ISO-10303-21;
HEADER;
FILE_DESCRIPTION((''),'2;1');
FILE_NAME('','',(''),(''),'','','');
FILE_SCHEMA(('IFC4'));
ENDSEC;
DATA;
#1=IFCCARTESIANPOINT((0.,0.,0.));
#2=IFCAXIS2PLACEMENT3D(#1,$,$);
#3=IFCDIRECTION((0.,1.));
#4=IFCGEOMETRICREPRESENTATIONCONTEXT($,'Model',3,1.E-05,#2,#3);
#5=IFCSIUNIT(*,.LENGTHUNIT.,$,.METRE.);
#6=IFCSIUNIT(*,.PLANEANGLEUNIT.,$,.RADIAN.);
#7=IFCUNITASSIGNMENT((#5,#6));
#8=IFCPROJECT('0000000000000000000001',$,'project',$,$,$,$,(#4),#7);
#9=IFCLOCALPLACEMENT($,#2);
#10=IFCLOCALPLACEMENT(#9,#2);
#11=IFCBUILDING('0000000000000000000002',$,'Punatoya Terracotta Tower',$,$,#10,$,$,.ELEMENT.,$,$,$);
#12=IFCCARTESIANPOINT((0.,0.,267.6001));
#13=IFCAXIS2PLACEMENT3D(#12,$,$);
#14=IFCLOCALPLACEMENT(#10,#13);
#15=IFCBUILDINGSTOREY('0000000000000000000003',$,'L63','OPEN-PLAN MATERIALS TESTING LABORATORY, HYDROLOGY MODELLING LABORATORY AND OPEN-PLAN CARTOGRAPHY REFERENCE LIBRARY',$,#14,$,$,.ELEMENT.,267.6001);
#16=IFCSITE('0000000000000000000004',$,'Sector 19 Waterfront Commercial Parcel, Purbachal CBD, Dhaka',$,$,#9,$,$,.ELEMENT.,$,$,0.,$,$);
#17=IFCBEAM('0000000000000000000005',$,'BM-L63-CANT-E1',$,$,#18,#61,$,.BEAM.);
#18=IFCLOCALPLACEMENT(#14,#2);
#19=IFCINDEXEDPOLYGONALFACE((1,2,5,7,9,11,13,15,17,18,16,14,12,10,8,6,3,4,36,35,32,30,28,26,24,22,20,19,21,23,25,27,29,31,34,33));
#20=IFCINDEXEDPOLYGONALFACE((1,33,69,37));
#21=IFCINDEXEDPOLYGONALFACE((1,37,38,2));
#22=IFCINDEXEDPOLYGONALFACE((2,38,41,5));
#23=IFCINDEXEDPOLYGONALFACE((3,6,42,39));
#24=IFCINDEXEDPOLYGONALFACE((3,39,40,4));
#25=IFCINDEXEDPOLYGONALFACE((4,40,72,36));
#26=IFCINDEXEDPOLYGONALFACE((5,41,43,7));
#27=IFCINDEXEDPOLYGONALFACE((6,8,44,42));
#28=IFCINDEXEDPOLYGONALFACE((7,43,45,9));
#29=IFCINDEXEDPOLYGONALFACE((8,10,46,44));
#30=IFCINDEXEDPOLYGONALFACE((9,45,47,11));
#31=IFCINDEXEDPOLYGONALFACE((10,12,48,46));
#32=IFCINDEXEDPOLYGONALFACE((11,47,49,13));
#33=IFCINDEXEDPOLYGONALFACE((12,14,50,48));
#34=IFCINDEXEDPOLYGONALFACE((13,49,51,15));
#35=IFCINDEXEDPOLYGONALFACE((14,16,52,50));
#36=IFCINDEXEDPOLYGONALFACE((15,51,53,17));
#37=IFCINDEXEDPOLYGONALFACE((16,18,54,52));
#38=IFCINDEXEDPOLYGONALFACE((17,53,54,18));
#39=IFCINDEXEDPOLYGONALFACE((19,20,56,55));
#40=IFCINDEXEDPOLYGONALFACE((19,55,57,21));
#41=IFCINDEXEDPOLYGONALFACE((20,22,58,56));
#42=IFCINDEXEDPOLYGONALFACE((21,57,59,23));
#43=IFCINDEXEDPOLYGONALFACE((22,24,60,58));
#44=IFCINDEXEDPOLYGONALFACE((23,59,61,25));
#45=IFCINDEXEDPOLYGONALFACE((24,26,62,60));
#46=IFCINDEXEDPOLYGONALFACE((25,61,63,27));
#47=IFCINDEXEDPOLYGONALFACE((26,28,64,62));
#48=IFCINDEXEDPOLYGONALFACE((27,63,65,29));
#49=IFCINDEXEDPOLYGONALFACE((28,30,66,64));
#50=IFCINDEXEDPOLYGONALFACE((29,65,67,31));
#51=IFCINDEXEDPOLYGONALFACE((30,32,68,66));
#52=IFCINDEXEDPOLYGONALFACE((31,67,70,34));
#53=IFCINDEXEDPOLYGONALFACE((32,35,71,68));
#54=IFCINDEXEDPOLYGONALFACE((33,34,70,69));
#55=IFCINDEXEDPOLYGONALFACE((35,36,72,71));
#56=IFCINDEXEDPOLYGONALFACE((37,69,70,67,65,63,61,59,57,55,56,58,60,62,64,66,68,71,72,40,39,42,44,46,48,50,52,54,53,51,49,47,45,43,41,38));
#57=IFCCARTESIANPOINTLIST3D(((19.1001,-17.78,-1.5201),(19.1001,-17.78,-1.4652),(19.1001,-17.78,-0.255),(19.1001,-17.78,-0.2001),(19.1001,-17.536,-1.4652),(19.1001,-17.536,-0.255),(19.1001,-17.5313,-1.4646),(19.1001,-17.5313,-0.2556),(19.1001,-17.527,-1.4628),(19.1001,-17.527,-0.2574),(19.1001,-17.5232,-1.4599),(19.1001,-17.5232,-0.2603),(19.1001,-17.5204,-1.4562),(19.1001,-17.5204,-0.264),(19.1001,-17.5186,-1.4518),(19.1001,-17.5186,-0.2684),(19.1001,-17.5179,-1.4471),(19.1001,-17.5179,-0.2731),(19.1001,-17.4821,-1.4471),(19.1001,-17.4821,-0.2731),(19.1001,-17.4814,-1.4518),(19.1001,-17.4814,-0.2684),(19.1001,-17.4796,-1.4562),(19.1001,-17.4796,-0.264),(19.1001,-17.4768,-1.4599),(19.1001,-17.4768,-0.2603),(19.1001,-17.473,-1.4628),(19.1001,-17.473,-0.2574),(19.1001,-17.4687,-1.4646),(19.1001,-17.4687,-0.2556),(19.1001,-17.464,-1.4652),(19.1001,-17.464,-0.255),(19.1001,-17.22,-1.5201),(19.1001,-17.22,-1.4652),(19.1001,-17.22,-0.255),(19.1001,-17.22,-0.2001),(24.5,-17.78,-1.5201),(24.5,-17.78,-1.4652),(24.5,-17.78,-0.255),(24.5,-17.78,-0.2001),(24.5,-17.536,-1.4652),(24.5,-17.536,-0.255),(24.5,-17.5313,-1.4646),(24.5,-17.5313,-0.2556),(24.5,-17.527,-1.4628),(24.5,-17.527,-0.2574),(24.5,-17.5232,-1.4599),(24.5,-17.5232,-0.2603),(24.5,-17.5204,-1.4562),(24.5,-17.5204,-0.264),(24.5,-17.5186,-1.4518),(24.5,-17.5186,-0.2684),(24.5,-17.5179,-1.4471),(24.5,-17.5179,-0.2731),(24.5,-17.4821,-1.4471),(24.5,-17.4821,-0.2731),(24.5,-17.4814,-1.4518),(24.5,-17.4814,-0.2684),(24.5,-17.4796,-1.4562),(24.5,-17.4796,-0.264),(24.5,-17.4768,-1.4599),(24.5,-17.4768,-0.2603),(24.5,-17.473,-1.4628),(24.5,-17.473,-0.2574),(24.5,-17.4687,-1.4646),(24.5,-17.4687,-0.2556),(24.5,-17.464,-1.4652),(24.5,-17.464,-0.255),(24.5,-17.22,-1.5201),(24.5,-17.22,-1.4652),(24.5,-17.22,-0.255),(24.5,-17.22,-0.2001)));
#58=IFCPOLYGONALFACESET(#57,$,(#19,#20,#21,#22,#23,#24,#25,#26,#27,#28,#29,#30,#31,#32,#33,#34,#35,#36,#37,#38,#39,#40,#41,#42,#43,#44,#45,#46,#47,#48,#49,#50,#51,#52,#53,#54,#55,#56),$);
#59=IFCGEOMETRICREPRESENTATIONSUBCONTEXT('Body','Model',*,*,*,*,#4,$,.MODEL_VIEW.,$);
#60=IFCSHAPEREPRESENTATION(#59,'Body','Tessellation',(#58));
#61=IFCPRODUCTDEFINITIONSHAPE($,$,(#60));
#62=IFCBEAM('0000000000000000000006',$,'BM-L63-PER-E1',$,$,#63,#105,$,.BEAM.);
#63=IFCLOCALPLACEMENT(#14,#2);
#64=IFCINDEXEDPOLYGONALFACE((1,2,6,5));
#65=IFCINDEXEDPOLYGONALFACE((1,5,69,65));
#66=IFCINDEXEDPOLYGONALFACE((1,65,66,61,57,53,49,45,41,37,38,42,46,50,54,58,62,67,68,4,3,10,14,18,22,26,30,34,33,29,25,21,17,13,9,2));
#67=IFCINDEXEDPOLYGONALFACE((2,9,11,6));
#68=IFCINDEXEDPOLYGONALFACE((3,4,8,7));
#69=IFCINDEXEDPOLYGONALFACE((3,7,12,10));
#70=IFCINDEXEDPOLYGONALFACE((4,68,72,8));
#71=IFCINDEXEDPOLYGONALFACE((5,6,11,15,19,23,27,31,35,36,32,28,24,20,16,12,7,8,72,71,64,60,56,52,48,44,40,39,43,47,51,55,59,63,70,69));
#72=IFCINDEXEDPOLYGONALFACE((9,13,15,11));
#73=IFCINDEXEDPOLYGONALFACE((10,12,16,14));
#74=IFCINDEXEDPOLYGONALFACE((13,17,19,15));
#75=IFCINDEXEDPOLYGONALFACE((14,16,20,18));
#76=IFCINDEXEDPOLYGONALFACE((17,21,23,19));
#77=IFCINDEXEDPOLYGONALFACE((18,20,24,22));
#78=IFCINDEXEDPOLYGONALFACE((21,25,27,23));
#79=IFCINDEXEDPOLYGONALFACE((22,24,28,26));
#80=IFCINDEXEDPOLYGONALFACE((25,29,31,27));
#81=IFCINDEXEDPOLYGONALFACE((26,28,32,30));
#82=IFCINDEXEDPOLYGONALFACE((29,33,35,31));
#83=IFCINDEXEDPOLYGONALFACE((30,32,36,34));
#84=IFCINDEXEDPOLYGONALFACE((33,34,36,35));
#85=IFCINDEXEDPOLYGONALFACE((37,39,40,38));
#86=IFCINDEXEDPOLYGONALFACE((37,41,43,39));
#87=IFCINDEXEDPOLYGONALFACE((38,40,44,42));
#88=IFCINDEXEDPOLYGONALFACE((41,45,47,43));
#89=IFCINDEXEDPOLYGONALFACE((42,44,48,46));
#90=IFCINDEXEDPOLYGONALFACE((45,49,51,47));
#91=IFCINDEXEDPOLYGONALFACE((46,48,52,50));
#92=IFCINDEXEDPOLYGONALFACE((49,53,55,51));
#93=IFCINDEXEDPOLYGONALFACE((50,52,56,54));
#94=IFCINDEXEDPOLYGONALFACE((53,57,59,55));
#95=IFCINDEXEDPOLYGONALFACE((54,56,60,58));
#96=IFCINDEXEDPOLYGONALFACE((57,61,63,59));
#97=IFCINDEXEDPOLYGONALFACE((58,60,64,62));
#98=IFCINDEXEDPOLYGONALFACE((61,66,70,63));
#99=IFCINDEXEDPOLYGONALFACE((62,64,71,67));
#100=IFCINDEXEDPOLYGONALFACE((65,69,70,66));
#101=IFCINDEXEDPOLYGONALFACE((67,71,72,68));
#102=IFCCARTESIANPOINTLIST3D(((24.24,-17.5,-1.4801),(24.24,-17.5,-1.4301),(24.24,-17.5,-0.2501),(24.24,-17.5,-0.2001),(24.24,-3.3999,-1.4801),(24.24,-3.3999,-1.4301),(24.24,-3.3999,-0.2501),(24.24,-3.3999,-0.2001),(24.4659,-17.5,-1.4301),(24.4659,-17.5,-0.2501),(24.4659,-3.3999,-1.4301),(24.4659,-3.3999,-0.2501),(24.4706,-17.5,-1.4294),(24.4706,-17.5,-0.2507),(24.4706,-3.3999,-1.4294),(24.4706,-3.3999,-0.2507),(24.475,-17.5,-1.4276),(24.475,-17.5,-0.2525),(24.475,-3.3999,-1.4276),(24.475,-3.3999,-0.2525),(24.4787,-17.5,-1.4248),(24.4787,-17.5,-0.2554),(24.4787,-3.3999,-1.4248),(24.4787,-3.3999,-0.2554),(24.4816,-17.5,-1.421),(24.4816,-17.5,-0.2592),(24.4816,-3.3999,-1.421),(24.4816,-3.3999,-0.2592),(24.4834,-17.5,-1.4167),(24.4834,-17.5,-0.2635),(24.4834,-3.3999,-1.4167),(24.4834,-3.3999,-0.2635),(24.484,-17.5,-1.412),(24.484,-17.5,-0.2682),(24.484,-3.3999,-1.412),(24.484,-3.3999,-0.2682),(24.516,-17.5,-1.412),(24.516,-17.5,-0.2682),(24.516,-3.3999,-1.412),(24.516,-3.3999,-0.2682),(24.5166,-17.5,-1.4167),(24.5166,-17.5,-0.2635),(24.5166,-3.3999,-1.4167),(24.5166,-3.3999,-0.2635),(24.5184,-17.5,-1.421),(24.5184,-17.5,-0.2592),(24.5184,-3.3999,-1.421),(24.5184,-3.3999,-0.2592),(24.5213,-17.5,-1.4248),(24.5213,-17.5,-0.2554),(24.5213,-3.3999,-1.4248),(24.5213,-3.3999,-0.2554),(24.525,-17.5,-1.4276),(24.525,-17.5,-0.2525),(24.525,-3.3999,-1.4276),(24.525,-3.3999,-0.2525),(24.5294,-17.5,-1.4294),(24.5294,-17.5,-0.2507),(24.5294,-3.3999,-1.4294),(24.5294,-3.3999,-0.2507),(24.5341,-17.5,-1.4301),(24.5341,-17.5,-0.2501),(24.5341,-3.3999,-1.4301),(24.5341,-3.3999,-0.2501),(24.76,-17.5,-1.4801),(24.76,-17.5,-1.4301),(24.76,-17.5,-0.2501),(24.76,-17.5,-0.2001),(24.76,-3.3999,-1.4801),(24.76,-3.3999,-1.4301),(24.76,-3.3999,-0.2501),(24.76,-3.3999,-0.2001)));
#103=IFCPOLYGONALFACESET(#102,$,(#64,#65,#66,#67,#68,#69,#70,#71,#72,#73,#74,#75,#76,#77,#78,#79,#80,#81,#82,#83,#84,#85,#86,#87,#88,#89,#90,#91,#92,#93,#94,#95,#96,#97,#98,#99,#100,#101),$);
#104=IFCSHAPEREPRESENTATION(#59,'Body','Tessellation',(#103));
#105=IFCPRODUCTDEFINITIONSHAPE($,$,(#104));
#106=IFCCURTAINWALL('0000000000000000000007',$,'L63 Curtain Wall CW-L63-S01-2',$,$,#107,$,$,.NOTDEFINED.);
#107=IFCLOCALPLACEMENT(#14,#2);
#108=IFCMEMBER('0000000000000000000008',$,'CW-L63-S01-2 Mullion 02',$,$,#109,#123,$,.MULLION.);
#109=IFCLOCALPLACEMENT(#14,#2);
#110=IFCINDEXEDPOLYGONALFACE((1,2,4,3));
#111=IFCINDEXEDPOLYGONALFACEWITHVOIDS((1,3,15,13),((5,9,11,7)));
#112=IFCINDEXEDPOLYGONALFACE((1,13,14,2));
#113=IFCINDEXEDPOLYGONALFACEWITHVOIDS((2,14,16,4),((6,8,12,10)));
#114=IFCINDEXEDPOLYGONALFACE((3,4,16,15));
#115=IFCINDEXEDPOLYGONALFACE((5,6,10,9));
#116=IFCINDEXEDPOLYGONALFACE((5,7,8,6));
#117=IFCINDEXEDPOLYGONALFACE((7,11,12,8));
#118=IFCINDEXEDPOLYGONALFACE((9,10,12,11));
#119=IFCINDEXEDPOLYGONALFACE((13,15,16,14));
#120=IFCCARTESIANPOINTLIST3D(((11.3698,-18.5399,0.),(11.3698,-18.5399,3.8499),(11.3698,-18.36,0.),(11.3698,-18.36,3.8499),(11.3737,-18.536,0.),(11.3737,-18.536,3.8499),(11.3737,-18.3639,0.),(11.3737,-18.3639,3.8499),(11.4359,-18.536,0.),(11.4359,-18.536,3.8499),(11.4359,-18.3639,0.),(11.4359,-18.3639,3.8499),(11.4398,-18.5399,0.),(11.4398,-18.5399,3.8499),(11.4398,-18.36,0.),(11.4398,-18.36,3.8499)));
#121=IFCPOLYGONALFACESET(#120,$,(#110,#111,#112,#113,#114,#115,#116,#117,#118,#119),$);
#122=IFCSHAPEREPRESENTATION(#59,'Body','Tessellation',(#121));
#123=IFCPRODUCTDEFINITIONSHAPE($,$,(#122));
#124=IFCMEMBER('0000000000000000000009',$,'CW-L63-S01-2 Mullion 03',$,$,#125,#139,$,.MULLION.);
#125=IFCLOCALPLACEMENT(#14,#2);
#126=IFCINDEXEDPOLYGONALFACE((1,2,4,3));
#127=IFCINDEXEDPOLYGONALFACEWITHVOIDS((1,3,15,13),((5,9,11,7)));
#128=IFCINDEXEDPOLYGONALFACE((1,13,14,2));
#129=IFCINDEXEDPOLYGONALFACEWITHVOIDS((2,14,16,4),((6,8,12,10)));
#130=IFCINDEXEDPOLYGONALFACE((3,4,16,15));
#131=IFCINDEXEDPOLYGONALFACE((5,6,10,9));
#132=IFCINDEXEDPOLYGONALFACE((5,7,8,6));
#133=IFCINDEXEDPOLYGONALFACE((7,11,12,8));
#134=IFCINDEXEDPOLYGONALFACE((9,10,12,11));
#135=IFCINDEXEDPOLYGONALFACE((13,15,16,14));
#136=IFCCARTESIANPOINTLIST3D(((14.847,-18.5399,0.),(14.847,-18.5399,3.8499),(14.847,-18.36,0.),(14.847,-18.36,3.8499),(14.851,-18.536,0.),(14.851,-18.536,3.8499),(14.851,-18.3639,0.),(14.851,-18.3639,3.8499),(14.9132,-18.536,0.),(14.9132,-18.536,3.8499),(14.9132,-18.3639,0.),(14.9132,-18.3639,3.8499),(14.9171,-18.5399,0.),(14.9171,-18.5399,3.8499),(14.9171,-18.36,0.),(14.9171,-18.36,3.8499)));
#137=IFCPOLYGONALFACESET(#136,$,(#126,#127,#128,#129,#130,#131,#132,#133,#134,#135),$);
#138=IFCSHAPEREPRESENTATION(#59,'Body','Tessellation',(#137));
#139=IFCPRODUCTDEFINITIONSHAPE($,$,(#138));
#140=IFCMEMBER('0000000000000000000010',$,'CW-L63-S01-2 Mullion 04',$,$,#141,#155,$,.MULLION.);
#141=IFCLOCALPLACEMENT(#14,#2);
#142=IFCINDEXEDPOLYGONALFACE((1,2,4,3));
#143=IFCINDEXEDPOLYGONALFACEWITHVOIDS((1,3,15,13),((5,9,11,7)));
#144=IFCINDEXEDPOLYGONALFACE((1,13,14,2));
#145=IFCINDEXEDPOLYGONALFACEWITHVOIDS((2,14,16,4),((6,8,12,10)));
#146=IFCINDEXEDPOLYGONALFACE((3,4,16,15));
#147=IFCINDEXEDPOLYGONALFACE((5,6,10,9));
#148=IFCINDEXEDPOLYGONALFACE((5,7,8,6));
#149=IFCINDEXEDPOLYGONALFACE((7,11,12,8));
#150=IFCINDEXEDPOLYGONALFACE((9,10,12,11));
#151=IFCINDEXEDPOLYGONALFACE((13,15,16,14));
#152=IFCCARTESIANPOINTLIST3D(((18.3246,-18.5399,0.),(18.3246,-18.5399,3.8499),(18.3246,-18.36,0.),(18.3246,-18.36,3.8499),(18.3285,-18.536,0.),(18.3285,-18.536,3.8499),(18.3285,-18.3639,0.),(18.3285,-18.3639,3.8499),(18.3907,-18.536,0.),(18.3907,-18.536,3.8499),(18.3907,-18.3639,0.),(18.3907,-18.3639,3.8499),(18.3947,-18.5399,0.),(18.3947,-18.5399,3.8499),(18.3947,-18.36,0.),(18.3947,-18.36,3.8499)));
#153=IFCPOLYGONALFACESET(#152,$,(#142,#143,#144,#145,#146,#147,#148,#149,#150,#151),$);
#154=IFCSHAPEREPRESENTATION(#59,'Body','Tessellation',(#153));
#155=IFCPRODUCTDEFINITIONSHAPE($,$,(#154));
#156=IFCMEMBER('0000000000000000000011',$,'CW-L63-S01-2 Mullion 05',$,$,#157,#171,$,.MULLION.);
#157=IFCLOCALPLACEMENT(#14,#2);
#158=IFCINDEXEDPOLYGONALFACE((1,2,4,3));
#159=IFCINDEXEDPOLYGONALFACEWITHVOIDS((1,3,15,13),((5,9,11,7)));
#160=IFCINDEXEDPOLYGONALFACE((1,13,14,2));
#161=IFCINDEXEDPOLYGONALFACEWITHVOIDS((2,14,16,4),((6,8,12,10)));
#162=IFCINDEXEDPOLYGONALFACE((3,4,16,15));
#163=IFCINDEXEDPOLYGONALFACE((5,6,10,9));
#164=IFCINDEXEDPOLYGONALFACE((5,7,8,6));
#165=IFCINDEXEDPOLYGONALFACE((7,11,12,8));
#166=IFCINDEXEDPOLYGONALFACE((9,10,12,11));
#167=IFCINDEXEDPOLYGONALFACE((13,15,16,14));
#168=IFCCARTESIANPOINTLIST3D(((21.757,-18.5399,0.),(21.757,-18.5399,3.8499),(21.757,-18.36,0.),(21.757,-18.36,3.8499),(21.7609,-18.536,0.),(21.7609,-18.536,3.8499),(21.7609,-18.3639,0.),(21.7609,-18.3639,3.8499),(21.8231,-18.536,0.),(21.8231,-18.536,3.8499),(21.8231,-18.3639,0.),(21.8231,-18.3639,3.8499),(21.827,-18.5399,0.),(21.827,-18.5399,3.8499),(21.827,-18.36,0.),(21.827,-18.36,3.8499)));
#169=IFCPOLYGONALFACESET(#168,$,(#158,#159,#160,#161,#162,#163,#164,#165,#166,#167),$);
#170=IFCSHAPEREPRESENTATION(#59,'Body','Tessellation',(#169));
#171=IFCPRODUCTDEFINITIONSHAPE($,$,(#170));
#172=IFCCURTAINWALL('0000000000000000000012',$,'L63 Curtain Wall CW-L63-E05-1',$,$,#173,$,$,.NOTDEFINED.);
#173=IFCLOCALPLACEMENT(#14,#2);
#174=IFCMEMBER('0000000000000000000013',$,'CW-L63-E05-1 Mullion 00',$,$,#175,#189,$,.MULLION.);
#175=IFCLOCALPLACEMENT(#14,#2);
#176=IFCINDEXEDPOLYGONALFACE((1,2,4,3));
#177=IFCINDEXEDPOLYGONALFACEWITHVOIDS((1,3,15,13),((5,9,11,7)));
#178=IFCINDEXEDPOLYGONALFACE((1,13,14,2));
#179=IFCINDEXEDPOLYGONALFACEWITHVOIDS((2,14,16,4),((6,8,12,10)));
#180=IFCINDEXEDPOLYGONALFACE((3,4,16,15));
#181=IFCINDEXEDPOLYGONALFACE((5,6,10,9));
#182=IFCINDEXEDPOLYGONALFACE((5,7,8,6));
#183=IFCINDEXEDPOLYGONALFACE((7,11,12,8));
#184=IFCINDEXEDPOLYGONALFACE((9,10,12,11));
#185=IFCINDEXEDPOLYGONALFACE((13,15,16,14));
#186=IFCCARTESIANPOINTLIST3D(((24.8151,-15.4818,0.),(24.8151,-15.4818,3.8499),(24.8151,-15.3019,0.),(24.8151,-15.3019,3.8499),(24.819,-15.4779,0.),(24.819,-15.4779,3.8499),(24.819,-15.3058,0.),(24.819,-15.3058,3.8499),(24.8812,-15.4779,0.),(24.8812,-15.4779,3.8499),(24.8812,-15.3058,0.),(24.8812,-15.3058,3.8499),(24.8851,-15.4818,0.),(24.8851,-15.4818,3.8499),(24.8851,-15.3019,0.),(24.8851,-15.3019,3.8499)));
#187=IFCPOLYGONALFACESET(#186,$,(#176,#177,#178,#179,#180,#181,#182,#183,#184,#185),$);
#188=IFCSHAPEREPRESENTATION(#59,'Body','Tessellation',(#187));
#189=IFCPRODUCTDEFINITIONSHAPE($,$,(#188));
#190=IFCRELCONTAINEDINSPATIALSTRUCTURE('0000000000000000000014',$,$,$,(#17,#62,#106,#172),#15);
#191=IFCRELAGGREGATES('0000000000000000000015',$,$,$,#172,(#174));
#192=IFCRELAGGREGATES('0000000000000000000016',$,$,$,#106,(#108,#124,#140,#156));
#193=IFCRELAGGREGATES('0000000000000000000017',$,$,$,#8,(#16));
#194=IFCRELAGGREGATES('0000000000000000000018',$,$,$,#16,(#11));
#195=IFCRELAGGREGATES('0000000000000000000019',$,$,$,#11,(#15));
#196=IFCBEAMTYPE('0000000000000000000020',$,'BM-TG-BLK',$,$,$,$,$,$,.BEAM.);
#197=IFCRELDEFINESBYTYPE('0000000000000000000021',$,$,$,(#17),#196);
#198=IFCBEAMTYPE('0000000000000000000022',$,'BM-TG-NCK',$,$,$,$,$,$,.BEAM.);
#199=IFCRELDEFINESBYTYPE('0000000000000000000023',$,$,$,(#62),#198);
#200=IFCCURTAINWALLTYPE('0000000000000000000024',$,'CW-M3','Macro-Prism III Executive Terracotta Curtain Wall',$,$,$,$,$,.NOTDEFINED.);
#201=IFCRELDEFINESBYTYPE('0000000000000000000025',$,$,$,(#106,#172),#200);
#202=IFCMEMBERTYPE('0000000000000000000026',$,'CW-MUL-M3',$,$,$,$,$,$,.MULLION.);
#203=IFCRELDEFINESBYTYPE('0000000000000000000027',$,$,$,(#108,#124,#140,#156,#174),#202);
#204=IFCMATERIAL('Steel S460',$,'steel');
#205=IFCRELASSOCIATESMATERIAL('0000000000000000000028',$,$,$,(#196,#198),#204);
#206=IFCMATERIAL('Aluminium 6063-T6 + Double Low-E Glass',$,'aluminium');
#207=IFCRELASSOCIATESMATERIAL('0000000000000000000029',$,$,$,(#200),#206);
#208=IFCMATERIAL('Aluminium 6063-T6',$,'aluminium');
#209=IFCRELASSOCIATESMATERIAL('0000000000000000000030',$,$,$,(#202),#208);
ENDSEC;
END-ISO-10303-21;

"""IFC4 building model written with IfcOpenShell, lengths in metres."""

from ifc_helpers import new_model, si_unit, direction, frame, origin, origin_2d, place, context, subcontext, project, spatial, hollow_rectangle, i_section, extrude, material, material_profile, profile_set, type_object, element, aggregate, save


model = new_model("IFC4")

# Units and contexts
model_context = context("Model", 3, precision=1e-05, world=origin(), true_north=direction((0.0, 1.0)))
body_context = subcontext(model_context, "Body", "Model", "MODEL_VIEW")
ifc_project = project(units=[si_unit("LENGTHUNIT", "METRE"), si_unit("PLANEANGLEUNIT", "RADIAN")], contexts=[model_context])

# Site, building, storey
site_placement = place(None, origin())
site = spatial("IfcSite", under=ifc_project, at=site_placement, Name="Sector 19 Waterfront Commercial Parcel, Purbachal CBD, Dhaka", CompositionType="ELEMENT", RefElevation=0.0)
building_placement = place(site_placement, origin())
building = spatial("IfcBuilding", under=site, at=building_placement, Name="Punatoya Terracotta Tower", CompositionType="ELEMENT")
storey_placement = place(building_placement, frame((0.0, 0.0, 267.6001)))
storey = spatial("IfcBuildingStorey", under=building, at=storey_placement, Name="L63", Description="OPEN-PLAN MATERIALS TESTING LABORATORY, HYDROLOGY MODELLING LABORATORY AND OPEN-PLAN CARTOGRAPHY REFERENCE LIBRARY", CompositionType="ELEMENT", Elevation=267.6001)

# Shared definitions
ifc_material_1 = material(Name="Steel S460", Category="steel")

# Beams
ifc_material_profile_1 = material_profile(ifc_material_1, i_section(OverallWidth=0.5601, OverallDepth=1.3201, WebThickness=0.0359, FlangeThickness=0.0549, FilletRadius=0.0181, at=origin_2d()))
ifc_profile_set_1 = profile_set([ifc_material_profile_1], Name="Steel S460")
beam_type_1 = type_object("IfcBeamType", Name="BM-TG-BLK", PredefinedType="BEAM", material=ifc_profile_set_1)
beam_1_placement = place(storey_placement, frame((19.1001, -17.5, -0.8601), z_axis=(1.0, 0.0, 0.0), x_axis=(0.0, 1.0, 0.0)))
element("IfcBeam", 1, at=beam_1_placement, inside=storey, type_object=beam_type_1, Name="BM-L63-CANT-E1", PredefinedType="BEAM", context=body_context, shape_type="SweptSolid", body=[
    extrude(i_section(OverallWidth=0.5601, OverallDepth=1.3201, WebThickness=0.0359, FlangeThickness=0.0549, FilletRadius=0.0181, at=origin_2d()), origin(), (0.0, 0.0, 1.0), 5.3999),
])
ifc_material_profile_2 = material_profile(ifc_material_1, i_section(OverallWidth=0.52, OverallDepth=1.28, WebThickness=0.032, FlangeThickness=0.05, FilletRadius=0.0181, at=origin_2d()))
ifc_profile_set_2 = profile_set([ifc_material_profile_2], Name="Steel S460")
beam_type_2 = type_object("IfcBeamType", Name="BM-TG-NCK", PredefinedType="BEAM", material=ifc_profile_set_2)
beam_2_placement = place(storey_placement, frame((24.5, -17.5, -0.8401), z_axis=(0.0, 1.0, 0.0), x_axis=(-1.0, 0.0, 0.0)))
element("IfcBeam", 2, at=beam_2_placement, inside=storey, type_object=beam_type_2, Name="BM-L63-PER-E1", PredefinedType="BEAM", context=body_context, shape_type="SweptSolid", body=[
    extrude(i_section(OverallWidth=0.52, OverallDepth=1.28, WebThickness=0.032, FlangeThickness=0.05, FilletRadius=0.0181, at=origin_2d()), origin(), (0.0, 0.0, 1.0), 14.1001),
])

# Curtain walls, members
ifc_material_2 = material(Name="Aluminium 6063-T6 + Double Low-E Glass", Category="aluminium")
curtain_wall_type = type_object("IfcCurtainWallType", Name="CW-M3", Description="Macro-Prism III Executive Terracotta Curtain Wall", PredefinedType="NOTDEFINED", material=ifc_material_2)
curtain_wall_1_placement = place(storey_placement, origin())
curtain_wall_1 = element("IfcCurtainWall", 3, at=curtain_wall_1_placement, inside=storey, type_object=curtain_wall_type, Name="L63 Curtain Wall CW-L63-S01-2", PredefinedType="NOTDEFINED")
ifc_material_3 = material(Name="Aluminium 6063-T6", Category="aluminium")
ifc_material_profile_3 = material_profile(ifc_material_3, hollow_rectangle(XDim=0.0701, YDim=0.1799, WallThickness=0.0039, at=origin_2d()))
ifc_profile_set_3 = profile_set([ifc_material_profile_3], Name="Aluminium 6063-T6")
member_type_1 = type_object("IfcMemberType", Name="CW-MUL-M3", PredefinedType="MULLION", material=ifc_profile_set_3)
member_1_placement = place(storey_placement, frame((11.4048, -18.45, 0.0), z_axis=(0.0, 0.0, 1.0), x_axis=(1.0, 0.0, 0.0)))
member_1 = element("IfcMember", 4, at=member_1_placement, type_object=member_type_1, Name="CW-L63-S01-2 Mullion 02", PredefinedType="MULLION", context=body_context, shape_type="SweptSolid", body=[
    extrude(hollow_rectangle(XDim=0.0701, YDim=0.1799, WallThickness=0.0039, at=origin_2d()), origin(), (0.0, 0.0, 1.0), 3.8499),
])
member_2_placement = place(storey_placement, frame((14.8821, -18.45, 0.0), z_axis=(0.0, 0.0, 1.0), x_axis=(1.0, 0.0, 0.0)))
member_2 = element("IfcMember", 5, at=member_2_placement, type_object=member_type_1, Name="CW-L63-S01-2 Mullion 03", PredefinedType="MULLION", context=body_context, shape_type="SweptSolid", body=[
    extrude(hollow_rectangle(XDim=0.0701, YDim=0.1799, WallThickness=0.0039, at=origin_2d()), origin(), (0.0, 0.0, 1.0), 3.8499),
])
member_3_placement = place(storey_placement, frame((18.3596, -18.45, 0.0), z_axis=(0.0, 0.0, 1.0), x_axis=(1.0, 0.0, 0.0)))
member_3 = element("IfcMember", 6, at=member_3_placement, type_object=member_type_1, Name="CW-L63-S01-2 Mullion 04", PredefinedType="MULLION", context=body_context, shape_type="SweptSolid", body=[
    extrude(hollow_rectangle(XDim=0.0701, YDim=0.1799, WallThickness=0.0039, at=origin_2d()), origin(), (0.0, 0.0, 1.0), 3.8499),
])
member_4_placement = place(storey_placement, frame((21.792, -18.45, 0.0), z_axis=(0.0, 0.0, 1.0), x_axis=(1.0, 0.0, 0.0)))
member_4 = element("IfcMember", 7, at=member_4_placement, type_object=member_type_1, Name="CW-L63-S01-2 Mullion 05", PredefinedType="MULLION", context=body_context, shape_type="SweptSolid", body=[
    extrude(hollow_rectangle(XDim=0.0701, YDim=0.1799, WallThickness=0.0039, at=origin_2d()), origin(), (0.0, 0.0, 1.0), 3.8499),
])
curtain_wall_2_placement = place(storey_placement, origin())
curtain_wall_2 = element("IfcCurtainWall", 8, at=curtain_wall_2_placement, inside=storey, type_object=curtain_wall_type, Name="L63 Curtain Wall CW-L63-E05-1", PredefinedType="NOTDEFINED")
member_5_placement = place(storey_placement, frame((24.8501, -15.3918, 0.0), z_axis=(0.0, 0.0, 1.0), x_axis=(1.0, 0.0, 0.0)))
member_5 = element("IfcMember", 9, at=member_5_placement, type_object=member_type_1, Name="CW-L63-E05-1 Mullion 00", PredefinedType="MULLION", context=body_context, shape_type="SweptSolid", body=[
    extrude(hollow_rectangle(XDim=0.0701, YDim=0.1799, WallThickness=0.0039, at=origin_2d()), origin(), (0.0, 0.0, 1.0), 3.8499),
])
aggregate(curtain_wall_2, [member_5])

aggregate(curtain_wall_1, [member_1, member_2, member_3, member_4])

save(model, "model.ifc")
